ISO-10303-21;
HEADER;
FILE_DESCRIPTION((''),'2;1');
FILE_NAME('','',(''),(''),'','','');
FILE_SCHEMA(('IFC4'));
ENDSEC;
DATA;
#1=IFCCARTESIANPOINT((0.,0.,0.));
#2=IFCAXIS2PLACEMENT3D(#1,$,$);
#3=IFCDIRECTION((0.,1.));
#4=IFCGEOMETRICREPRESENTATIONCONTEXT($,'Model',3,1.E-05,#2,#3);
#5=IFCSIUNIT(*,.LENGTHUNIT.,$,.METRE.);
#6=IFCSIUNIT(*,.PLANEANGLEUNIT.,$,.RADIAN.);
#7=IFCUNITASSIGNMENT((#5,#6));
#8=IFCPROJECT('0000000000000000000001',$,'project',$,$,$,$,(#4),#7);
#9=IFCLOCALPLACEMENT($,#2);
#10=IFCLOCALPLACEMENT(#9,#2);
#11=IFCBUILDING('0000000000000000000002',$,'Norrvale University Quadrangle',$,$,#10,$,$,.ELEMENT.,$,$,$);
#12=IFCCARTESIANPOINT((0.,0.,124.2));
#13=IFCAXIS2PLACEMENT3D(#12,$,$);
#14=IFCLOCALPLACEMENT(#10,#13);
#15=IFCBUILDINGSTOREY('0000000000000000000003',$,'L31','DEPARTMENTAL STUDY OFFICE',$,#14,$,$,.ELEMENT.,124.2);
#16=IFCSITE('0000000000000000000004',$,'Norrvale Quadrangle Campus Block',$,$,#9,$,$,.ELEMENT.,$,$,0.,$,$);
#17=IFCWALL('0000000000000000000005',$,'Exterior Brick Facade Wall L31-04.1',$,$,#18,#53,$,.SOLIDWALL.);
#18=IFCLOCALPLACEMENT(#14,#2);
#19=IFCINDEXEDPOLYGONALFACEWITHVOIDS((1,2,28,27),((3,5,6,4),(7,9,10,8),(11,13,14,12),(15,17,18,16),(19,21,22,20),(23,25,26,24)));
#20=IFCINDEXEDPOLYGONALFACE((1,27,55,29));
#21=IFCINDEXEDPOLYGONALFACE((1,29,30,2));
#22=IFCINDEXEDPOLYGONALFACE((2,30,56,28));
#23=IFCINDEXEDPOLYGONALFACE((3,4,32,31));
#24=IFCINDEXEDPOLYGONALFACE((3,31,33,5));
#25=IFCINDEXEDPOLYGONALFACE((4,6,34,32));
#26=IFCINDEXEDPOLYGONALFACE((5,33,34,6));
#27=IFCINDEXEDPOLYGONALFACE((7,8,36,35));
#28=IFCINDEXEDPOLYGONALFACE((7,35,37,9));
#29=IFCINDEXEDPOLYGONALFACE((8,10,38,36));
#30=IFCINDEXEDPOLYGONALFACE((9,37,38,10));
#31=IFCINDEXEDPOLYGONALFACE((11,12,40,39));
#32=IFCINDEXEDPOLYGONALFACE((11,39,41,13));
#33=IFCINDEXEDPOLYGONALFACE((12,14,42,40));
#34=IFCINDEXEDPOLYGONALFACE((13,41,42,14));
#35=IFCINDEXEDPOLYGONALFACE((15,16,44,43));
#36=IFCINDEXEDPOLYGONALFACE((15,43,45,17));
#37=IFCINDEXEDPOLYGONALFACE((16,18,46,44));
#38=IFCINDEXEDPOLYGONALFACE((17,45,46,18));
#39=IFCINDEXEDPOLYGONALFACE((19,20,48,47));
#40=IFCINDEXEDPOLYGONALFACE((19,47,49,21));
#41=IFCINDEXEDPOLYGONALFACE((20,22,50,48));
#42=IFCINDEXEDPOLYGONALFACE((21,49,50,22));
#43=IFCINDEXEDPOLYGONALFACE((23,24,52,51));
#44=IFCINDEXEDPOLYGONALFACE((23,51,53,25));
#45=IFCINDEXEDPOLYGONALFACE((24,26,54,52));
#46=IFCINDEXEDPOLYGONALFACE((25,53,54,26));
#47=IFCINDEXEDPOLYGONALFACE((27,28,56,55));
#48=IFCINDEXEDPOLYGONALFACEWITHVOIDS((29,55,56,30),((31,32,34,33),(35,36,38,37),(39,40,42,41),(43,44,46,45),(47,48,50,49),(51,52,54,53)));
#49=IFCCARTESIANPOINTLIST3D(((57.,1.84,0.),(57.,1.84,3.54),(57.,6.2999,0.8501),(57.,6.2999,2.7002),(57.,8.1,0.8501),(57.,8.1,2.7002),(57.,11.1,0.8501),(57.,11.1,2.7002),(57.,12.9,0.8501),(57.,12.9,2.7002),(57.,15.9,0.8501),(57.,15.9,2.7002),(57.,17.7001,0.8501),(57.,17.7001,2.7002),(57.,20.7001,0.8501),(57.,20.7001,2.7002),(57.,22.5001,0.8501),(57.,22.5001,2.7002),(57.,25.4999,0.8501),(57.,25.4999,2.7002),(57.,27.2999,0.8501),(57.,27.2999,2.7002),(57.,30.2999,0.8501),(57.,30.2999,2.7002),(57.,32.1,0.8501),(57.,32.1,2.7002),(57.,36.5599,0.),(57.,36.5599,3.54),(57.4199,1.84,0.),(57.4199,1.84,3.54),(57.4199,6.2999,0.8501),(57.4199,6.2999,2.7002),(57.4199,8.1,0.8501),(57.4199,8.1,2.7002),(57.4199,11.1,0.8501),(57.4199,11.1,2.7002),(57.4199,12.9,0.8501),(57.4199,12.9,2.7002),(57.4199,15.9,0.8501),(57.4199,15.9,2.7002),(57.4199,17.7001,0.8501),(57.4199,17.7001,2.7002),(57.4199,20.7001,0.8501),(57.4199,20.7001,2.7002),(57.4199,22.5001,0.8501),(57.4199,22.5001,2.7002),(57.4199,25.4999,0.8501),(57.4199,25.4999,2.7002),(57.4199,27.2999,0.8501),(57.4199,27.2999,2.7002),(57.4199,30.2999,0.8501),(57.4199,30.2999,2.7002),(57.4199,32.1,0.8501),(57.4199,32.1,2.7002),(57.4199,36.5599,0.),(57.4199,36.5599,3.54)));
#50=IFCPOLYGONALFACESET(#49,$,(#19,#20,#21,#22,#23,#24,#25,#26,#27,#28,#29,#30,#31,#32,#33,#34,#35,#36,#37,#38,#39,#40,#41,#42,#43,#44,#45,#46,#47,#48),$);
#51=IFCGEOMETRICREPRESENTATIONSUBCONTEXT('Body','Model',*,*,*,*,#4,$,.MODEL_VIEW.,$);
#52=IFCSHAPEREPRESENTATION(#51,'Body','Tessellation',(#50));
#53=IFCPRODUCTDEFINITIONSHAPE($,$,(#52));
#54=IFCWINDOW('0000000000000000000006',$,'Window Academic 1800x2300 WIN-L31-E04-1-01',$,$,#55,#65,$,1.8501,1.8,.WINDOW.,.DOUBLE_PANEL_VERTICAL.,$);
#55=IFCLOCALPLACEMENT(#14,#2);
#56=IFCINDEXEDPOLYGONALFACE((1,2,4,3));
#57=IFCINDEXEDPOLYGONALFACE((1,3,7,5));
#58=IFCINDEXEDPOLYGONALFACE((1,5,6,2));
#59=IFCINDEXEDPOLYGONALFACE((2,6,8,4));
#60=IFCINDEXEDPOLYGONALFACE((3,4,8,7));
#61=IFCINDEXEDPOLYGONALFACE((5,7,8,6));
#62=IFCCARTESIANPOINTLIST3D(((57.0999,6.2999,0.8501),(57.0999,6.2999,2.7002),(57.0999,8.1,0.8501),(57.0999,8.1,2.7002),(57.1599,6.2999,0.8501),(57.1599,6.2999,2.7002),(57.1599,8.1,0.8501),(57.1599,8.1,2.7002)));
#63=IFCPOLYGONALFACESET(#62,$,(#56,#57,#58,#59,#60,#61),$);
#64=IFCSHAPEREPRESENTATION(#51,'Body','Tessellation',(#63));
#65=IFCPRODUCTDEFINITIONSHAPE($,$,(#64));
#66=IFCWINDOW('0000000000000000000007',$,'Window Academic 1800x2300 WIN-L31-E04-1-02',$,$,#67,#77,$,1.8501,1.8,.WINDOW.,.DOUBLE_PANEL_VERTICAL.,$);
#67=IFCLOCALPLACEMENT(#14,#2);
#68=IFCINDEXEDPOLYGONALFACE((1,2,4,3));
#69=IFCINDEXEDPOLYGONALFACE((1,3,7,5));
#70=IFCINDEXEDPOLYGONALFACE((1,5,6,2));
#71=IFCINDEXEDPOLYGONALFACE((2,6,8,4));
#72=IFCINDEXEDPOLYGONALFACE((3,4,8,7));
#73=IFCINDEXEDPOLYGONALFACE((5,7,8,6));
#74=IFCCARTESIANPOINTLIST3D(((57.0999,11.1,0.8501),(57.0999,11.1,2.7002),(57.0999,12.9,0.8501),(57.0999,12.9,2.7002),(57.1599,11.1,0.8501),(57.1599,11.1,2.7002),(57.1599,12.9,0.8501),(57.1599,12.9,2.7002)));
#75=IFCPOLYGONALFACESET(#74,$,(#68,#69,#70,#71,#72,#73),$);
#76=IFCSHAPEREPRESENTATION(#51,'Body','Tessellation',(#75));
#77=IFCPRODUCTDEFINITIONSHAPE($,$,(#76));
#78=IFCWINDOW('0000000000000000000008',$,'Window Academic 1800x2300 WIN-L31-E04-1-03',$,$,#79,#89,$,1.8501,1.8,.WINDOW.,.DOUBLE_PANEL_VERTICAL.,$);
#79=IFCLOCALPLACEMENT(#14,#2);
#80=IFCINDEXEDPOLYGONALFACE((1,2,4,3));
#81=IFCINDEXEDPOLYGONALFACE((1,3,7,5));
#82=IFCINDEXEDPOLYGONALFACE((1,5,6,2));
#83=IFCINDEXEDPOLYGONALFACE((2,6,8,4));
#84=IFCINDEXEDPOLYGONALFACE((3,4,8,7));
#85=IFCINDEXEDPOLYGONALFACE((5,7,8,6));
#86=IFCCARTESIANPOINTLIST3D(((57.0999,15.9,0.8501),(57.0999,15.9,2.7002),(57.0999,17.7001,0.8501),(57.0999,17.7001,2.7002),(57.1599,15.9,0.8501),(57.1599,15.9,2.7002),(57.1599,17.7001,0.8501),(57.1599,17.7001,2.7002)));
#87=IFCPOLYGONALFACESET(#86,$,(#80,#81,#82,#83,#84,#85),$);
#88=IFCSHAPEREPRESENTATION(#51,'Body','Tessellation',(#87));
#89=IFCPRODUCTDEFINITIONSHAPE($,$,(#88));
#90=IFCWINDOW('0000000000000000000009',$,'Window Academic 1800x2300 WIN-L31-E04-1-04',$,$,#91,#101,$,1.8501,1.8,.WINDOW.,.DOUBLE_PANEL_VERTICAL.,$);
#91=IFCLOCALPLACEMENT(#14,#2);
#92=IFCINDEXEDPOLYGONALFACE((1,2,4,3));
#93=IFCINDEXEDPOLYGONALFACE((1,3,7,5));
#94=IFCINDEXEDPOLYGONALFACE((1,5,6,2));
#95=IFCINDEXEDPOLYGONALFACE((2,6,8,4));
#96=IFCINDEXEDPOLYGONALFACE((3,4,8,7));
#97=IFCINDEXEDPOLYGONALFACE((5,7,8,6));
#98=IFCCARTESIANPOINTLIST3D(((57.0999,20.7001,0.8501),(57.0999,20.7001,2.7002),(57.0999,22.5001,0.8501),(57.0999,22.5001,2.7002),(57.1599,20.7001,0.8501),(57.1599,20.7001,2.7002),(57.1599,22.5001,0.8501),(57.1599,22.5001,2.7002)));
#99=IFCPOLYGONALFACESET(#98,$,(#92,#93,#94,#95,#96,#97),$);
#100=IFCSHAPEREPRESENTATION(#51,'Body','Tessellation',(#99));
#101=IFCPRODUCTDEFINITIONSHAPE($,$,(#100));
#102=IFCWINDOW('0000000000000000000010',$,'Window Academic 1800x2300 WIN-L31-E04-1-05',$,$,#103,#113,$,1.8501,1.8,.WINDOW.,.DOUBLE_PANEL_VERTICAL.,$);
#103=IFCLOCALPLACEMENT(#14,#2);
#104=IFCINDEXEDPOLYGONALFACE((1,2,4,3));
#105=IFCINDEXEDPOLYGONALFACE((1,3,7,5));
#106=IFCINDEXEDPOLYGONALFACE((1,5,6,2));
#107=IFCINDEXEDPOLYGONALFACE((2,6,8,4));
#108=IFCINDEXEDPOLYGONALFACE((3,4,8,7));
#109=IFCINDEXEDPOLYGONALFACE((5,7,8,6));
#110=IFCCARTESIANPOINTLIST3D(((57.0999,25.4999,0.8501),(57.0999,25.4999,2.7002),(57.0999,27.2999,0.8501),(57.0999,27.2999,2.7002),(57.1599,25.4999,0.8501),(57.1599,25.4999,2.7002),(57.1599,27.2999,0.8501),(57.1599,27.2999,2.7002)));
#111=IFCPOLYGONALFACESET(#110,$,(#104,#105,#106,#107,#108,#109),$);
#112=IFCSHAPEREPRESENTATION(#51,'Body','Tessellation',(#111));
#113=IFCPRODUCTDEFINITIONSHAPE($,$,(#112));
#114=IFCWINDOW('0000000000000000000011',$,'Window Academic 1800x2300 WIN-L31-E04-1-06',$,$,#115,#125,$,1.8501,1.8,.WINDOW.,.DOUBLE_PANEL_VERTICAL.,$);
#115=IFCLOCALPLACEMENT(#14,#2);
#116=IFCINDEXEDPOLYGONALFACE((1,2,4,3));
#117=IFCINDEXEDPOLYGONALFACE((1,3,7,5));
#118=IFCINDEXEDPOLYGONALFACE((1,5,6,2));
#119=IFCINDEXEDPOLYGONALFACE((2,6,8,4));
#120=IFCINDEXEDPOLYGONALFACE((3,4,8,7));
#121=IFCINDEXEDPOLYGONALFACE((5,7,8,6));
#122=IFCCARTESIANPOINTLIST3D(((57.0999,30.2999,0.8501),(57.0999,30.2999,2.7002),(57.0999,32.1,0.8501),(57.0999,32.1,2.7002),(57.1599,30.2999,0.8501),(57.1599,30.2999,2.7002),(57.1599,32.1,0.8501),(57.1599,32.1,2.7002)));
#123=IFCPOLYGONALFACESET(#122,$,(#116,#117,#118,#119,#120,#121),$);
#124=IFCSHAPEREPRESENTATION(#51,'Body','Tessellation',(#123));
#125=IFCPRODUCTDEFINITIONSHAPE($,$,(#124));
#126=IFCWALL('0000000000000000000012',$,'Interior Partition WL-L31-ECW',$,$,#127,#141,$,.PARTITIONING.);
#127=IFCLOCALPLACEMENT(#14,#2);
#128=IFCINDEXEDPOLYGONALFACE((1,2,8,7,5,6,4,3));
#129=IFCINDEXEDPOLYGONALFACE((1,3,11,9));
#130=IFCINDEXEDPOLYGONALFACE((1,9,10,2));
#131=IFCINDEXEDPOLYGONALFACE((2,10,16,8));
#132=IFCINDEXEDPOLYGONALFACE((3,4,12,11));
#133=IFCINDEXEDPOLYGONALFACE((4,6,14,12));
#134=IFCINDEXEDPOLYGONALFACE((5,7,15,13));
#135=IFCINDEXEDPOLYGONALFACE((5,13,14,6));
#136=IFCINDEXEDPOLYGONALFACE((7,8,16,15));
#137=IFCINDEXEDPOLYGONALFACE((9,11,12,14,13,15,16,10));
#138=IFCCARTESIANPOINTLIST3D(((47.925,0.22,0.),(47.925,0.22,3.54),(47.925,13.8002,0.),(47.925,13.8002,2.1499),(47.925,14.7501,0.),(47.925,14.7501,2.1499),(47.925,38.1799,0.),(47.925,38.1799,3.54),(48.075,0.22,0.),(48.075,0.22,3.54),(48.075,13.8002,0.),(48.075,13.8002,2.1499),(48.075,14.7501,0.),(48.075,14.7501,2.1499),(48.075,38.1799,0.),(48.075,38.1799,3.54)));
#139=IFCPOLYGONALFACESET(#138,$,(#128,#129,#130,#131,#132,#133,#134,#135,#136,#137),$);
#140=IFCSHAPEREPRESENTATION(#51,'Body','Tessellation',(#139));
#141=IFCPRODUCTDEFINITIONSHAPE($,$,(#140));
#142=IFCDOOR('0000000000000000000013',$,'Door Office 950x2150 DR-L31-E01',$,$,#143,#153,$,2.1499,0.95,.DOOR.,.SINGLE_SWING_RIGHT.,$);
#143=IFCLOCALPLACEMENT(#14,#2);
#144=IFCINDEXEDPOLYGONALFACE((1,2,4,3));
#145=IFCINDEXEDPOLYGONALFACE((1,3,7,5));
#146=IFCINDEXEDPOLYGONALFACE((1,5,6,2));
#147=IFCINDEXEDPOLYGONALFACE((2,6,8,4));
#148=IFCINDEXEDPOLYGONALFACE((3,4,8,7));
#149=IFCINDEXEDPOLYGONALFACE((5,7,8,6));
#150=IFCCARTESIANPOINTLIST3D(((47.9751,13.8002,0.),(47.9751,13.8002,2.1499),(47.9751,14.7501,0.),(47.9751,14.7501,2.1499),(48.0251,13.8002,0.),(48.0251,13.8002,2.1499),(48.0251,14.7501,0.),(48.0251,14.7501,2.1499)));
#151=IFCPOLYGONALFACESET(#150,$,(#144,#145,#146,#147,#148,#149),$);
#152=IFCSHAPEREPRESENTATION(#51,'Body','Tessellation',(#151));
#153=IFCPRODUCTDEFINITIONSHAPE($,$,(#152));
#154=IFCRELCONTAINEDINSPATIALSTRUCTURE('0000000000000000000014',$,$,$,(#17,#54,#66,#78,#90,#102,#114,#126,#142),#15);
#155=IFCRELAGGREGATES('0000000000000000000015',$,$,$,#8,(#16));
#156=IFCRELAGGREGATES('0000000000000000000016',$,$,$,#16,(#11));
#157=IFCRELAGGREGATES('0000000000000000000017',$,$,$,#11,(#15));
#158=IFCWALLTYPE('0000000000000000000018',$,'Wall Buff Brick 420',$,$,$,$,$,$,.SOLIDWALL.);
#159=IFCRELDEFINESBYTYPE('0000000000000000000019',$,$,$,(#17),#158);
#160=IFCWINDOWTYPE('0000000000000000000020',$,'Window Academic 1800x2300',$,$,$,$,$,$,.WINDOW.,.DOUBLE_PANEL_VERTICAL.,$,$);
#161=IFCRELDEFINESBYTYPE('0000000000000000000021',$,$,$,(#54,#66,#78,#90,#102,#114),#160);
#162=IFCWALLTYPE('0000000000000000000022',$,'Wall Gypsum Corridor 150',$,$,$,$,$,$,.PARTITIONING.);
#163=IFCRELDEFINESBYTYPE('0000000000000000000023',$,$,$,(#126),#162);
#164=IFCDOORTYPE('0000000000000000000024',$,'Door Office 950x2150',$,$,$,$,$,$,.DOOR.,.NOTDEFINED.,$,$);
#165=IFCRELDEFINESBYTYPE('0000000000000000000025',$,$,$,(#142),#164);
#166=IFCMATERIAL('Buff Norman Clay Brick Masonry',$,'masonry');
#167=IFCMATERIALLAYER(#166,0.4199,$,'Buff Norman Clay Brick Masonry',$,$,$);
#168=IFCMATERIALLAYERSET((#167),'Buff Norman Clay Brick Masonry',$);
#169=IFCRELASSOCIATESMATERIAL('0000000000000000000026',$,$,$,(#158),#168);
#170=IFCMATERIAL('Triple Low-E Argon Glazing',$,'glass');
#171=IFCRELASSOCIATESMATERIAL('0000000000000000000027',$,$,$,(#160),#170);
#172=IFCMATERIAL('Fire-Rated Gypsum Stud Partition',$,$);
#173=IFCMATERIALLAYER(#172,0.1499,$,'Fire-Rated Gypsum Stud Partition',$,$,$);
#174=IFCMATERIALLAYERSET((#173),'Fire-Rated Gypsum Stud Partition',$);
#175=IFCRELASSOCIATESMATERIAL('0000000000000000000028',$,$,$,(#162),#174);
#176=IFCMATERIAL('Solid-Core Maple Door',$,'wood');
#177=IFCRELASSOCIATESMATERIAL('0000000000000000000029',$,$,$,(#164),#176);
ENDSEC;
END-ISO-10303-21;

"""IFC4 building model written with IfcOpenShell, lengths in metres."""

from ifc_helpers import new_model, si_unit, direction, frame, frame_2d, origin, place, context, subcontext, project, spatial, rectangle, extrude, material, layer, layer_set, type_object, element, fill, save


model = new_model("IFC4")

# Units and contexts
model_context = context("Model", 3, precision=1e-05, world=origin(), true_north=direction((0.0, 1.0)))
body_context = subcontext(model_context, "Body", "Model", "MODEL_VIEW")
ifc_project = project(units=[si_unit("LENGTHUNIT", "METRE"), si_unit("PLANEANGLEUNIT", "RADIAN")], contexts=[model_context])

# Site, building, storey
site_placement = place(None, origin())
site = spatial("IfcSite", under=ifc_project, at=site_placement, Name="Norrvale Quadrangle Campus Block", CompositionType="ELEMENT", RefElevation=0.0)
building_placement = place(site_placement, origin())
building = spatial("IfcBuilding", under=site, at=building_placement, Name="Norrvale University Quadrangle", CompositionType="ELEMENT")
storey_placement = place(building_placement, frame((0.0, 0.0, 124.2)))
storey = spatial("IfcBuildingStorey", under=building, at=storey_placement, Name="L31", Description="DEPARTMENTAL STUDY OFFICE", CompositionType="ELEMENT", Elevation=124.2)

# Shared definitions
ifc_material_1 = material(Name="Buff Norman Clay Brick Masonry", Category="masonry")
ifc_layer_1 = layer(ifc_material_1, 0.4199, Name="Buff Norman Clay Brick Masonry")
ifc_layer_set_1 = layer_set([ifc_layer_1], Name="Buff Norman Clay Brick Masonry")
wall_type_1 = type_object("IfcWallType", Name="Wall Buff Brick 420", PredefinedType="SOLIDWALL", material=ifc_layer_set_1)

# Wall, openings, windows
wall_1_placement = place(storey_placement, frame((57.21, 1.8401, 0.0), z_axis=(0.0, 0.0, 1.0), x_axis=(0.0, 1.0, 0.0)))
wall_1 = element("IfcWall", 1, at=wall_1_placement, inside=storey, type_object=wall_type_1, Name="Exterior Brick Facade Wall L31-04.1", PredefinedType="SOLIDWALL", context=body_context, shape_type="SweptSolid", body=[
    extrude(rectangle(XDim=34.72, YDim=0.4199, at=frame_2d((17.3599, 0.0))), origin(), (0.0, 0.0, 1.0), 3.54),
])
opening_1_placement = place(wall_1_placement, frame((4.46, 0.0, 0.8501)))
opening_1 = element("IfcOpeningElement", 2, at=opening_1_placement, cuts=wall_1, PredefinedType="OPENING", context=body_context, shape_type="SweptSolid", body=[
    extrude(rectangle(XDim=1.8, YDim=1.8501, at=frame_2d((0.8999, 0.925))), frame((0.0, 0.2219, 0.0), z_axis=(0.0, -1.0, 0.0), x_axis=(1.0, 0.0, 0.0)), (0.0, 0.0, 1.0), 0.4438),
])
opening_2_placement = place(wall_1_placement, frame((9.26, 0.0, 0.8501)))
opening_2 = element("IfcOpeningElement", 3, at=opening_2_placement, cuts=wall_1, PredefinedType="OPENING", context=body_context, shape_type="SweptSolid", body=[
    extrude(rectangle(XDim=1.8, YDim=1.8501, at=frame_2d((0.8999, 0.925))), frame((0.0, 0.2219, 0.0), z_axis=(0.0, -1.0, 0.0), x_axis=(1.0, 0.0, 0.0)), (0.0, 0.0, 1.0), 0.4438),
])
opening_3_placement = place(wall_1_placement, frame((14.0601, 0.0, 0.8501)))
opening_3 = element("IfcOpeningElement", 4, at=opening_3_placement, cuts=wall_1, PredefinedType="OPENING", context=body_context, shape_type="SweptSolid", body=[
    extrude(rectangle(XDim=1.8, YDim=1.8501, at=frame_2d((0.8999, 0.925))), frame((0.0, 0.2219, 0.0), z_axis=(0.0, -1.0, 0.0), x_axis=(1.0, 0.0, 0.0)), (0.0, 0.0, 1.0), 0.4438),
])
opening_4_placement = place(wall_1_placement, frame((18.8601, 0.0, 0.8501)))
opening_4 = element("IfcOpeningElement", 5, at=opening_4_placement, cuts=wall_1, PredefinedType="OPENING", context=body_context, shape_type="SweptSolid", body=[
    extrude(rectangle(XDim=1.8, YDim=1.8501, at=frame_2d((0.8999, 0.925))), frame((0.0, 0.2219, 0.0), z_axis=(0.0, -1.0, 0.0), x_axis=(1.0, 0.0, 0.0)), (0.0, 0.0, 1.0), 0.4438),
])
opening_5_placement = place(wall_1_placement, frame((23.6599, 0.0, 0.8501)))
opening_5 = element("IfcOpeningElement", 6, at=opening_5_placement, cuts=wall_1, PredefinedType="OPENING", context=body_context, shape_type="SweptSolid", body=[
    extrude(rectangle(XDim=1.8, YDim=1.8501, at=frame_2d((0.8999, 0.925))), frame((0.0, 0.2219, 0.0), z_axis=(0.0, -1.0, 0.0), x_axis=(1.0, 0.0, 0.0)), (0.0, 0.0, 1.0), 0.4438),
])
opening_6_placement = place(wall_1_placement, frame((28.46, 0.0, 0.8501)))
opening_6 = element("IfcOpeningElement", 7, at=opening_6_placement, cuts=wall_1, PredefinedType="OPENING", context=body_context, shape_type="SweptSolid", body=[
    extrude(rectangle(XDim=1.8, YDim=1.8501, at=frame_2d((0.8999, 0.925))), frame((0.0, 0.2219, 0.0), z_axis=(0.0, -1.0, 0.0), x_axis=(1.0, 0.0, 0.0)), (0.0, 0.0, 1.0), 0.4438),
])
ifc_material_2 = material(Name="Triple Low-E Argon Glazing", Category="glass")
window_type = type_object("IfcWindowType", Name="Window Academic 1800x2300", PartitioningType="DOUBLE_PANEL_VERTICAL", PredefinedType="WINDOW", material=ifc_material_2)
window_1_placement = place(opening_1_placement, origin())
window_1 = element("IfcWindow", 8, at=window_1_placement, inside=storey, type_object=window_type, Name="Window Academic 1800x2300 WIN-L31-E04-1-01", OverallHeight=1.8501, OverallWidth=1.8, PartitioningType="DOUBLE_PANEL_VERTICAL", PredefinedType="WINDOW", context=body_context, shape_type="SweptSolid", body=[
    extrude(rectangle(XDim=1.8, YDim=1.8501, at=frame_2d((0.8999, 0.925))), frame((0.0, 0.1101, 0.0), z_axis=(0.0, -1.0, 0.0), x_axis=(1.0, 0.0, 0.0)), (0.0, 0.0, 1.0), 0.0601),
])
fill(opening_1, window_1)
window_2_placement = place(opening_2_placement, origin())
window_2 = element("IfcWindow", 9, at=window_2_placement, inside=storey, type_object=window_type, Name="Window Academic 1800x2300 WIN-L31-E04-1-02", OverallHeight=1.8501, OverallWidth=1.8, PartitioningType="DOUBLE_PANEL_VERTICAL", PredefinedType="WINDOW", context=body_context, shape_type="SweptSolid", body=[
    extrude(rectangle(XDim=1.8, YDim=1.8501, at=frame_2d((0.8999, 0.925))), frame((0.0, 0.1101, 0.0), z_axis=(0.0, -1.0, 0.0), x_axis=(1.0, 0.0, 0.0)), (0.0, 0.0, 1.0), 0.0601),
])
fill(opening_2, window_2)
window_3_placement = place(opening_3_placement, origin())
window_3 = element("IfcWindow", 10, at=window_3_placement, inside=storey, type_object=window_type, Name="Window Academic 1800x2300 WIN-L31-E04-1-03", OverallHeight=1.8501, OverallWidth=1.8, PartitioningType="DOUBLE_PANEL_VERTICAL", PredefinedType="WINDOW", context=body_context, shape_type="SweptSolid", body=[
    extrude(rectangle(XDim=1.8, YDim=1.8501, at=frame_2d((0.8999, 0.925))), frame((0.0, 0.1101, 0.0), z_axis=(0.0, -1.0, 0.0), x_axis=(1.0, 0.0, 0.0)), (0.0, 0.0, 1.0), 0.0601),
])
fill(opening_3, window_3)
window_4_placement = place(opening_4_placement, origin())
window_4 = element("IfcWindow", 11, at=window_4_placement, inside=storey, type_object=window_type, Name="Window Academic 1800x2300 WIN-L31-E04-1-04", OverallHeight=1.8501, OverallWidth=1.8, PartitioningType="DOUBLE_PANEL_VERTICAL", PredefinedType="WINDOW", context=body_context, shape_type="SweptSolid", body=[
    extrude(rectangle(XDim=1.8, YDim=1.8501, at=frame_2d((0.8999, 0.925))), frame((0.0, 0.1101, 0.0), z_axis=(0.0, -1.0, 0.0), x_axis=(1.0, 0.0, 0.0)), (0.0, 0.0, 1.0), 0.0601),
])
fill(opening_4, window_4)
window_5_placement = place(opening_5_placement, origin())
window_5 = element("IfcWindow", 12, at=window_5_placement, inside=storey, type_object=window_type, Name="Window Academic 1800x2300 WIN-L31-E04-1-05", OverallHeight=1.8501, OverallWidth=1.8, PartitioningType="DOUBLE_PANEL_VERTICAL", PredefinedType="WINDOW", context=body_context, shape_type="SweptSolid", body=[
    extrude(rectangle(XDim=1.8, YDim=1.8501, at=frame_2d((0.8999, 0.925))), frame((0.0, 0.1101, 0.0), z_axis=(0.0, -1.0, 0.0), x_axis=(1.0, 0.0, 0.0)), (0.0, 0.0, 1.0), 0.0601),
])
fill(opening_5, window_5)
window_6_placement = place(opening_6_placement, origin())
window_6 = element("IfcWindow", 13, at=window_6_placement, inside=storey, type_object=window_type, Name="Window Academic 1800x2300 WIN-L31-E04-1-06", OverallHeight=1.8501, OverallWidth=1.8, PartitioningType="DOUBLE_PANEL_VERTICAL", PredefinedType="WINDOW", context=body_context, shape_type="SweptSolid", body=[
    extrude(rectangle(XDim=1.8, YDim=1.8501, at=frame_2d((0.8999, 0.925))), frame((0.0, 0.1101, 0.0), z_axis=(0.0, -1.0, 0.0), x_axis=(1.0, 0.0, 0.0)), (0.0, 0.0, 1.0), 0.0601),
])
fill(opening_6, window_6)

# Wall, opening, door
ifc_material_3 = material(Name="Fire-Rated Gypsum Stud Partition")
ifc_layer_2 = layer(ifc_material_3, 0.1499, Name="Fire-Rated Gypsum Stud Partition")
ifc_layer_set_2 = layer_set([ifc_layer_2], Name="Fire-Rated Gypsum Stud Partition")
wall_type_2 = type_object("IfcWallType", Name="Wall Gypsum Corridor 150", PredefinedType="PARTITIONING", material=ifc_layer_set_2)
wall_2_placement = place(storey_placement, frame((48.0, 0.22, 0.0), z_axis=(0.0, 0.0, 1.0), x_axis=(0.0, 1.0, 0.0)))
wall_2 = element("IfcWall", 14, at=wall_2_placement, inside=storey, type_object=wall_type_2, Name="Interior Partition WL-L31-ECW", PredefinedType="PARTITIONING", context=body_context, shape_type="SweptSolid", body=[
    extrude(rectangle(XDim=37.96, YDim=0.1499, at=frame_2d((18.98, 0.0))), origin(), (0.0, 0.0, 1.0), 3.54),
])
opening_7_placement = place(wall_2_placement, frame((13.5801, 0.0, 0.0)))
opening_7 = element("IfcOpeningElement", 15, at=opening_7_placement, cuts=wall_2, PredefinedType="OPENING", context=body_context, shape_type="SweptSolid", body=[
    extrude(rectangle(XDim=0.95, YDim=2.1499, at=frame_2d((0.4751, 1.075))), frame((0.0, 0.0869, 0.0), z_axis=(0.0, -1.0, 0.0), x_axis=(1.0, 0.0, 0.0)), (0.0, 0.0, 1.0), 0.1738),
])
ifc_material_4 = material(Name="Solid-Core Maple Door", Category="wood")
door_type = type_object("IfcDoorType", Name="Door Office 950x2150", OperationType="NOTDEFINED", PredefinedType="DOOR", material=ifc_material_4)
door_placement = place(opening_7_placement, origin())
door = element("IfcDoor", 16, at=door_placement, inside=storey, type_object=door_type, Name="Door Office 950x2150 DR-L31-E01", OperationType="SINGLE_SWING_RIGHT", OverallHeight=2.1499, OverallWidth=0.95, PredefinedType="DOOR", context=body_context, shape_type="SweptSolid", body=[
    extrude(rectangle(XDim=0.95, YDim=2.1499, at=frame_2d((0.4751, 1.075))), frame((0.0, 0.0249, 0.0), z_axis=(0.0, -1.0, 0.0), x_axis=(1.0, 0.0, 0.0)), (0.0, 0.0, 1.0), 0.05),
])
fill(opening_7, door)

save(model, "model.ifc")
